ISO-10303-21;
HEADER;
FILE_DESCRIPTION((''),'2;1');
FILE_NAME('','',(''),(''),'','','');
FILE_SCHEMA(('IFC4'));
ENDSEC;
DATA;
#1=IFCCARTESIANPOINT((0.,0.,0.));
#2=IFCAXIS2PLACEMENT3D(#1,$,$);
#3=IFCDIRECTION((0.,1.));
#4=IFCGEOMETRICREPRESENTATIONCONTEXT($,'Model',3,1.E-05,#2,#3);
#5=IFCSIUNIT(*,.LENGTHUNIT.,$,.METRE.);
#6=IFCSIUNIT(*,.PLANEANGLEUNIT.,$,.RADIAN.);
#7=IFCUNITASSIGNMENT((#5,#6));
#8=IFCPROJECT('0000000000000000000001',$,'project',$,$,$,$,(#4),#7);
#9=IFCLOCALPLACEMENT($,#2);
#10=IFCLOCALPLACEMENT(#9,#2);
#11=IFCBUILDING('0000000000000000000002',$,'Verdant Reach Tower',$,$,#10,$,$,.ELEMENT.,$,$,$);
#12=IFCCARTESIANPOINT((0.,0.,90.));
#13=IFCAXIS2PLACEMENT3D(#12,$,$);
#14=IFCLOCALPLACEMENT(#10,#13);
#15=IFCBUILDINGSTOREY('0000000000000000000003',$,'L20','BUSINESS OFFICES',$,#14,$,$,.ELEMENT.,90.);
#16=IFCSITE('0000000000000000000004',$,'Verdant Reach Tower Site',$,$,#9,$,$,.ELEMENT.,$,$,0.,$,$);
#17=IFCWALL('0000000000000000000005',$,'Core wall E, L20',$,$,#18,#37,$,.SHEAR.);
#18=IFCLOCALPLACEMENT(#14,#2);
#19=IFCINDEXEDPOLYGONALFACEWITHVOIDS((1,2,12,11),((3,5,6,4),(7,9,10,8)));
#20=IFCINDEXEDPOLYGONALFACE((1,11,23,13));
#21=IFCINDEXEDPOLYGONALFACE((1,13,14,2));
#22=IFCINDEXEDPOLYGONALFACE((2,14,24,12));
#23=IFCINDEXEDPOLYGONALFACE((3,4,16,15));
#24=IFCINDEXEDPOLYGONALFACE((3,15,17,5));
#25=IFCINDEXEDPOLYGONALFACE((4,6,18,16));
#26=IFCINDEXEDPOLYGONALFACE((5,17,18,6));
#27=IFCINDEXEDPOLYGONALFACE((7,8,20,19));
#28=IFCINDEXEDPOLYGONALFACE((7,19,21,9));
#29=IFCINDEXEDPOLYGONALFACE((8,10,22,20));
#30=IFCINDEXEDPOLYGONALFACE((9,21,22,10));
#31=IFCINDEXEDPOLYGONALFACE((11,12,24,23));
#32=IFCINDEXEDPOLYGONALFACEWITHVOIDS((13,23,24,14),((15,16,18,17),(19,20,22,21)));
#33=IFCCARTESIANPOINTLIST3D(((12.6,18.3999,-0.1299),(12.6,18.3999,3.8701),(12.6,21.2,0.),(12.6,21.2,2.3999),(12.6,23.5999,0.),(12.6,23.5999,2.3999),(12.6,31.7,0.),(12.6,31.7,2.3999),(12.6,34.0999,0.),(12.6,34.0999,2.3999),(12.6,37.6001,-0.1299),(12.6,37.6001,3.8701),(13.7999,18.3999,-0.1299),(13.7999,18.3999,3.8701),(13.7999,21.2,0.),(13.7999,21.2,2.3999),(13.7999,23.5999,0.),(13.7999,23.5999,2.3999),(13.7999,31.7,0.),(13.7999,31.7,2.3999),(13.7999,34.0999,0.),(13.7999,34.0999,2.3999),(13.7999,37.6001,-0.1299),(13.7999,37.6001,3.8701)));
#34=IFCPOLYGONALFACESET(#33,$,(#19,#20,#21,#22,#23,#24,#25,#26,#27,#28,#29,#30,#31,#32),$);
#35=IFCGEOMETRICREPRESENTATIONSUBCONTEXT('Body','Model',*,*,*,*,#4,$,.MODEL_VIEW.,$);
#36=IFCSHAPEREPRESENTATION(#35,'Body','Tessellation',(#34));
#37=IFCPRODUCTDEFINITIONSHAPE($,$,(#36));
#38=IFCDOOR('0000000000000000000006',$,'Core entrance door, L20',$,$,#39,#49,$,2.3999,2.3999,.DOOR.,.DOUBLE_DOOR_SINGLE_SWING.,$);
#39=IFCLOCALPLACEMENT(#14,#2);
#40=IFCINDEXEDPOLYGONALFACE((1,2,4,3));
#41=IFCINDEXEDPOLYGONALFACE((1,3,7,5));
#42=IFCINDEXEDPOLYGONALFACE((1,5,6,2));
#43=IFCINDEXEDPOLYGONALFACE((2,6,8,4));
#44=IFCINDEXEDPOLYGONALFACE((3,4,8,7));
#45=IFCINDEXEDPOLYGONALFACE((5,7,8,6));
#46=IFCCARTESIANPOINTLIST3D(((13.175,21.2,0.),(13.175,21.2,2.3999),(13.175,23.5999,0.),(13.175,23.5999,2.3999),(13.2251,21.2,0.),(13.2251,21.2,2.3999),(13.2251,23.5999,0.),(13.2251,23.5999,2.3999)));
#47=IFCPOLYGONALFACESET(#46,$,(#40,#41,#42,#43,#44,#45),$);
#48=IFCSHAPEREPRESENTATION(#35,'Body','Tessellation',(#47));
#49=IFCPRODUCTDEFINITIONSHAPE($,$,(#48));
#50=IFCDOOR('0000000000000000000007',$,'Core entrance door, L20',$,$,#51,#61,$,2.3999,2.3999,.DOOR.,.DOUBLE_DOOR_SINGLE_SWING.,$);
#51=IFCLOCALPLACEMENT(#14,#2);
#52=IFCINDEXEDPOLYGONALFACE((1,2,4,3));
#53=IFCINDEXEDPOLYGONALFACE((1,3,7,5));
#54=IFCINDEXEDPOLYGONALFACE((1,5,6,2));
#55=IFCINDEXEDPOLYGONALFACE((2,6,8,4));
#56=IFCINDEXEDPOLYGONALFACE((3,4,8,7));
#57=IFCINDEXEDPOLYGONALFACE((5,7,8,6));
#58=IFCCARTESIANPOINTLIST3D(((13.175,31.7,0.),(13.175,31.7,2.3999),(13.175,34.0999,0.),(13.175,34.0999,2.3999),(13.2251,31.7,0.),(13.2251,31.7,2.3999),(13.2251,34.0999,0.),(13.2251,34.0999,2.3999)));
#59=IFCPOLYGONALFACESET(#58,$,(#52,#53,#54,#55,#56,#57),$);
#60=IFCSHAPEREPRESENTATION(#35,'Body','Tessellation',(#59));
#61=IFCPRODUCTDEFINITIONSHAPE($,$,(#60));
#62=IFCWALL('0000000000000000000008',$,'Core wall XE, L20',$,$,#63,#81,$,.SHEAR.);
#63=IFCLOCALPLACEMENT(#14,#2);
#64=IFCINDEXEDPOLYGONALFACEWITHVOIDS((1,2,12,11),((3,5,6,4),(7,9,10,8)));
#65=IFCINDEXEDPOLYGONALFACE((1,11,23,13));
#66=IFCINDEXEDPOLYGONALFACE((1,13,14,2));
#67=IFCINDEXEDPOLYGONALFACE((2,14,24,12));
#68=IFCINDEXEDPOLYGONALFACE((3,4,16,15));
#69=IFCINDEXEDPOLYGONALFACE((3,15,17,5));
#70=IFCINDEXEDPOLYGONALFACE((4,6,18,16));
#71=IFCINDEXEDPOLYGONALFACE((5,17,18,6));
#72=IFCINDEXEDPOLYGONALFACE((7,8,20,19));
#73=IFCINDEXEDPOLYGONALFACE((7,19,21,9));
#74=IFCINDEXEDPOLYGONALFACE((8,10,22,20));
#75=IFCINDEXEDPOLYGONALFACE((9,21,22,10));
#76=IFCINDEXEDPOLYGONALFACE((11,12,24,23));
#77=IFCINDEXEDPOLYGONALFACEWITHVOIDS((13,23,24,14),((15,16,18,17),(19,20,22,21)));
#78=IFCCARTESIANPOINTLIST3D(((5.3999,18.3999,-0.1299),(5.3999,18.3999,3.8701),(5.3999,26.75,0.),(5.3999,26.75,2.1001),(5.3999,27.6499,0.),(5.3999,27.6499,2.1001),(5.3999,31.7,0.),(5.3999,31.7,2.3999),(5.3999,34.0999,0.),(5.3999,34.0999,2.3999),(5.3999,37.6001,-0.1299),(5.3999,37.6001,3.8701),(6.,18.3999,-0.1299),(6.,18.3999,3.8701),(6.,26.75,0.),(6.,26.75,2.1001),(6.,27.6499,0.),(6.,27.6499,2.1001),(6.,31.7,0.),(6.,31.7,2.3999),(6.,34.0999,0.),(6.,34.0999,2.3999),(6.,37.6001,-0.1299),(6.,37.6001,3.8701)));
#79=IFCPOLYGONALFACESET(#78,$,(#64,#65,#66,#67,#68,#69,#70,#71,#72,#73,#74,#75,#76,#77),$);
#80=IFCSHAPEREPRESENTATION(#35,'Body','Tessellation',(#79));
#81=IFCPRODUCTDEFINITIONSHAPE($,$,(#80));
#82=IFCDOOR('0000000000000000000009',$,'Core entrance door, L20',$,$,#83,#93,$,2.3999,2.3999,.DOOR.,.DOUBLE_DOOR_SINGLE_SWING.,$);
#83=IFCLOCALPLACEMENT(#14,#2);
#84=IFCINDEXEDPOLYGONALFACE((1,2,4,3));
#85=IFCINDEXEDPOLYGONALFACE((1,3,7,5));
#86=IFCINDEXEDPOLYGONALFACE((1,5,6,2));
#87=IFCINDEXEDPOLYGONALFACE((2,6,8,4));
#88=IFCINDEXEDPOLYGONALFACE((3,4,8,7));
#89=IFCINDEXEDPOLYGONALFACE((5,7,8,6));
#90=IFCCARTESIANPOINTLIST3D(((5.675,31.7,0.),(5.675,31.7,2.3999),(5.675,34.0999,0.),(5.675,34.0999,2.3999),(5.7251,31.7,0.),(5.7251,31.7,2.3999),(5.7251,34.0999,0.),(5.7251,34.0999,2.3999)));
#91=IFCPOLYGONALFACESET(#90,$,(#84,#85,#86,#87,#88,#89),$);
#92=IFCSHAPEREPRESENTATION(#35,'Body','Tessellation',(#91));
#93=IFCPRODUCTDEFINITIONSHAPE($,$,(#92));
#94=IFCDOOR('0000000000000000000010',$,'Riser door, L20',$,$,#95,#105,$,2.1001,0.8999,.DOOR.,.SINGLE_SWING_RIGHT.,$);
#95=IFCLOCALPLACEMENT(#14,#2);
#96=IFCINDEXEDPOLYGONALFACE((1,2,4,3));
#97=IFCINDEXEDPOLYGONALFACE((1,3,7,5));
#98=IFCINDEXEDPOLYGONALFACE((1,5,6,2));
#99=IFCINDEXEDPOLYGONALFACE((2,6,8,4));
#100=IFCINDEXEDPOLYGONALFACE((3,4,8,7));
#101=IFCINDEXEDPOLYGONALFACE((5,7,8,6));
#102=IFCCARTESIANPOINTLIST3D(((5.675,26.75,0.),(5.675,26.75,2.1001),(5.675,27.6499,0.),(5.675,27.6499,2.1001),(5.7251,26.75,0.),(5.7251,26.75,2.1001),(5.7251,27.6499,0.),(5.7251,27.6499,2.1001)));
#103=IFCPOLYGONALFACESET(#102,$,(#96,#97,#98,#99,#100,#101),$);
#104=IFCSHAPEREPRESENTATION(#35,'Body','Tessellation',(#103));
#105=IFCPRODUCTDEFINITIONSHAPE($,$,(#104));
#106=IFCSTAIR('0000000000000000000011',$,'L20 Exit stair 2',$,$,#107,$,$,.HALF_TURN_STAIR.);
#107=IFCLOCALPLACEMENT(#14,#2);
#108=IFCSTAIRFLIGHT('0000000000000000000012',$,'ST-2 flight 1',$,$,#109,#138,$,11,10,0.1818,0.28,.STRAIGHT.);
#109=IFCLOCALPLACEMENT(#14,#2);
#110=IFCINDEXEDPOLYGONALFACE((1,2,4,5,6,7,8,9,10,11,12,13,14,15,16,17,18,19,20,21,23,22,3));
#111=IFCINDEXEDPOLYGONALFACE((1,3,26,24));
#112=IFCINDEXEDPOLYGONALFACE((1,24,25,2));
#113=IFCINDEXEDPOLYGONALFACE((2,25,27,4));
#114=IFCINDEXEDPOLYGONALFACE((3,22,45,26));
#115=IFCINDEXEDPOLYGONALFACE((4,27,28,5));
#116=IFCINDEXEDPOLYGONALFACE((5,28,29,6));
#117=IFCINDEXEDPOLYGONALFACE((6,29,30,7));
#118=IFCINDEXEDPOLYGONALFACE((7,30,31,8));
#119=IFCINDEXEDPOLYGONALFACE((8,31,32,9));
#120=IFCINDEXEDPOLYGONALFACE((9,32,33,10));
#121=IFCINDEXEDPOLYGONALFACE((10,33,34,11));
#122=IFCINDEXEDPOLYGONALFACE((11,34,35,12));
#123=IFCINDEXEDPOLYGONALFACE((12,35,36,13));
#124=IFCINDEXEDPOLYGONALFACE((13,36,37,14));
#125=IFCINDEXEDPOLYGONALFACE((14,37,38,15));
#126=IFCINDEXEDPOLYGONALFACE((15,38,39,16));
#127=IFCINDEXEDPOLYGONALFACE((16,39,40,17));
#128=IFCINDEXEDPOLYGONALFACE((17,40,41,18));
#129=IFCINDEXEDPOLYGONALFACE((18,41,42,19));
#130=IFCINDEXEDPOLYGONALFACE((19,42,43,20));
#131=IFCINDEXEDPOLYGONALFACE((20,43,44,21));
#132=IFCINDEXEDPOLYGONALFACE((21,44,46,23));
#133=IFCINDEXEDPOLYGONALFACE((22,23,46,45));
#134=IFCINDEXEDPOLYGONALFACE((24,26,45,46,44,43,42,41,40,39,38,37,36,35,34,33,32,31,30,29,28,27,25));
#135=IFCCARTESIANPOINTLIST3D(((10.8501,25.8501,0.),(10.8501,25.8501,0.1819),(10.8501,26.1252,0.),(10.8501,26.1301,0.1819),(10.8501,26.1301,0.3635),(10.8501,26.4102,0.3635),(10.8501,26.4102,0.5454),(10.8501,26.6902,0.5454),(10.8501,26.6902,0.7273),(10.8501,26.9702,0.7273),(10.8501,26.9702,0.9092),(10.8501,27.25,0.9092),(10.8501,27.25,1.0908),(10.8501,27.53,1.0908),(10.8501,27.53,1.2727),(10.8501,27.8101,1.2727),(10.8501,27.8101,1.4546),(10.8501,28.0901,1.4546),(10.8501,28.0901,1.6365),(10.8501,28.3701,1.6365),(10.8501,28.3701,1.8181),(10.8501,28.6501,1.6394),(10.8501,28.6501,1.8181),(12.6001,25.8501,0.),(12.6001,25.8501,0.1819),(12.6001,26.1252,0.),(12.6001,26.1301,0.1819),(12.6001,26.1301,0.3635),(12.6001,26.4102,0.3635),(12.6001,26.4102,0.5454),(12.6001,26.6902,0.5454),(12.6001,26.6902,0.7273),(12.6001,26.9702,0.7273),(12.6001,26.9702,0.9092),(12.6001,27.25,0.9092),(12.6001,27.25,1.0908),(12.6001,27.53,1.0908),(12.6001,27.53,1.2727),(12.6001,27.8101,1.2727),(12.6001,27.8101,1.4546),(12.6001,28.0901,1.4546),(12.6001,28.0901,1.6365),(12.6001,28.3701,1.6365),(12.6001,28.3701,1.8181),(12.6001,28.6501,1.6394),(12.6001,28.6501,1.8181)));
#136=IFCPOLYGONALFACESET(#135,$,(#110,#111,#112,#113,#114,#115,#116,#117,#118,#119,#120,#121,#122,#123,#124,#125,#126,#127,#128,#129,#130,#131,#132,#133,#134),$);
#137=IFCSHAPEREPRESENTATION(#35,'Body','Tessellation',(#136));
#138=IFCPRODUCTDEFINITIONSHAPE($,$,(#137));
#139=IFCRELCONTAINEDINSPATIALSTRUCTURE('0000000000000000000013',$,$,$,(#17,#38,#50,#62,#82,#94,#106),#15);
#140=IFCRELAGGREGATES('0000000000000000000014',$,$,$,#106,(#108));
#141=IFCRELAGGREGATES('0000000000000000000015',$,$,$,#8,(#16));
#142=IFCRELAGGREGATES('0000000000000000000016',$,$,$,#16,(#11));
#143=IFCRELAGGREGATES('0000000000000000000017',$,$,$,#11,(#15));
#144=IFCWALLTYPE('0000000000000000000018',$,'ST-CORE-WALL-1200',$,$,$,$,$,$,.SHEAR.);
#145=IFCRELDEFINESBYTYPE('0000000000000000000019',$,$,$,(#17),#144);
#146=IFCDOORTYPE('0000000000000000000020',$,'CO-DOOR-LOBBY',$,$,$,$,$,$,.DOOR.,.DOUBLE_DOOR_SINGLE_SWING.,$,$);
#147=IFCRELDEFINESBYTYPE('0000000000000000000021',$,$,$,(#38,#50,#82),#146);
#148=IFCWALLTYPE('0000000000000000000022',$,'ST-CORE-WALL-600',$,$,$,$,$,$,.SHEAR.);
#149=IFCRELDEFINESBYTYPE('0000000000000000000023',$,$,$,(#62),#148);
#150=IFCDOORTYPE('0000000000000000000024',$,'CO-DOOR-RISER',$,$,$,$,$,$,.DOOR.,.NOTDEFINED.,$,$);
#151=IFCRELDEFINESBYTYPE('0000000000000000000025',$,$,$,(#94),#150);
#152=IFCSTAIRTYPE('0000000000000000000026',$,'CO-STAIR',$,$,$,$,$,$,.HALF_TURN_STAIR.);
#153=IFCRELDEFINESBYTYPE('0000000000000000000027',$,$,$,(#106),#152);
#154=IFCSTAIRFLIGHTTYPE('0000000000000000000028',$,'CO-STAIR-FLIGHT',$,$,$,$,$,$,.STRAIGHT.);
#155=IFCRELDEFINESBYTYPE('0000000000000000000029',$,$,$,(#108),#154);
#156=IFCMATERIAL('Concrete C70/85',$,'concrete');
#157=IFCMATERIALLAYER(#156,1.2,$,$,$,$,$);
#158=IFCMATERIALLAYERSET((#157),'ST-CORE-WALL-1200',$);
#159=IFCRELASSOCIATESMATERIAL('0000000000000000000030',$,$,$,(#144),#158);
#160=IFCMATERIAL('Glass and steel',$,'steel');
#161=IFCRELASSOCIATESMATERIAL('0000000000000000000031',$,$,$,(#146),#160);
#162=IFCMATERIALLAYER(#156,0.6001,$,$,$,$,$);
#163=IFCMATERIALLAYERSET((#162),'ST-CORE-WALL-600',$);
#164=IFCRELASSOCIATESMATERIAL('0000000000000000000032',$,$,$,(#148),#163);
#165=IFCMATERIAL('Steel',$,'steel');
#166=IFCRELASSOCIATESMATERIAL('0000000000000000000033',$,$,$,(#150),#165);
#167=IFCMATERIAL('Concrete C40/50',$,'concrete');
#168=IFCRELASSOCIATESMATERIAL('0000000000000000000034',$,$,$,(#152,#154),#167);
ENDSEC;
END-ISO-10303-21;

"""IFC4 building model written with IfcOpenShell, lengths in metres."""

from ifc_helpers import new_model, si_unit, direction, frame, frame_2d, origin, place, context, subcontext, project, spatial, polyline, rectangle, outline, extrude, material, layer, layer_set, type_object, element, fill, aggregate, save


model = new_model("IFC4")

# Units and contexts
model_context = context("Model", 3, precision=1e-05, world=origin(), true_north=direction((0.0, 1.0)))
body_context = subcontext(model_context, "Body", "Model", "MODEL_VIEW")
ifc_project = project(units=[si_unit("LENGTHUNIT", "METRE"), si_unit("PLANEANGLEUNIT", "RADIAN")], contexts=[model_context])

# Site, building, storey
site_placement = place(None, origin())
site = spatial("IfcSite", under=ifc_project, at=site_placement, Name="Verdant Reach Tower Site", CompositionType="ELEMENT", RefElevation=0.0)
building_placement = place(site_placement, origin())
building = spatial("IfcBuilding", under=site, at=building_placement, Name="Verdant Reach Tower", CompositionType="ELEMENT")
storey_placement = place(building_placement, frame((0.0, 0.0, 90.0)))
storey = spatial("IfcBuildingStorey", under=building, at=storey_placement, Name="L20", Description="BUSINESS OFFICES", CompositionType="ELEMENT", Elevation=90.0)

# Shared definitions
ifc_material_1 = material(Name="Concrete C40/50", Category="concrete")

# Shared definitions
ifc_material_2 = material(Name="Steel", Category="steel")

# Walls, openings, doors
ifc_material_3 = material(Name="Concrete C70/85", Category="concrete")
ifc_layer_1 = layer(ifc_material_3, 1.2)
ifc_layer_set_1 = layer_set([ifc_layer_1], Name="ST-CORE-WALL-1200")
wall_type_1 = type_object("IfcWallType", Name="ST-CORE-WALL-1200", PredefinedType="SHEAR", material=ifc_layer_set_1)
wall_1_placement = place(storey_placement, frame((13.2, 18.3999, -0.1299), z_axis=(0.0, 0.0, 1.0), x_axis=(0.0, 1.0, 0.0)))
wall_1 = element("IfcWall", 1, at=wall_1_placement, inside=storey, type_object=wall_type_1, Name="Core wall E, L20", PredefinedType="SHEAR", context=body_context, shape_type="SweptSolid", body=[
    extrude(rectangle(XDim=19.2002, YDim=1.2, at=frame_2d((9.6001, 0.0))), origin(), (0.0, 0.0, 1.0), 4.0),
])
opening_1_placement = place(wall_1_placement, frame((2.8, 0.0, 0.1299)))
opening_1 = element("IfcOpeningElement", 2, at=opening_1_placement, cuts=wall_1, PredefinedType="OPENING", context=body_context, shape_type="SweptSolid", body=[
    extrude(rectangle(XDim=2.3999, YDim=2.3999, at=frame_2d((1.2, 1.2))), frame((0.0, 0.6099, 0.0), z_axis=(0.0, -1.0, 0.0), x_axis=(1.0, 0.0, 0.0)), (0.0, 0.0, 1.0), 1.22),
])
opening_2_placement = place(wall_1_placement, frame((13.3, 0.0, 0.1299)))
opening_2 = element("IfcOpeningElement", 3, at=opening_2_placement, cuts=wall_1, PredefinedType="OPENING", context=body_context, shape_type="SweptSolid", body=[
    extrude(rectangle(XDim=2.3999, YDim=2.3999, at=frame_2d((1.2, 1.2))), frame((0.0, 0.6099, 0.0), z_axis=(0.0, -1.0, 0.0), x_axis=(1.0, 0.0, 0.0)), (0.0, 0.0, 1.0), 1.22),
])
ifc_material_4 = material(Name="Glass and steel", Category="steel")
door_type_1 = type_object("IfcDoorType", Name="CO-DOOR-LOBBY", OperationType="DOUBLE_DOOR_SINGLE_SWING", PredefinedType="DOOR", material=ifc_material_4)
door_1_placement = place(opening_1_placement, origin())
door_1 = element("IfcDoor", 4, at=door_1_placement, inside=storey, type_object=door_type_1, Name="Core entrance door, L20", OperationType="DOUBLE_DOOR_SINGLE_SWING", OverallHeight=2.3999, OverallWidth=2.3999, PredefinedType="DOOR", context=body_context, shape_type="SweptSolid", body=[
    extrude(rectangle(XDim=2.3999, YDim=2.3999, at=frame_2d((1.2, 1.2))), frame((0.0, 0.0249, 0.0), z_axis=(0.0, -1.0, 0.0), x_axis=(1.0, 0.0, 0.0)), (0.0, 0.0, 1.0), 0.05),
])
fill(opening_1, door_1)
door_2_placement = place(opening_2_placement, origin())
door_2 = element("IfcDoor", 5, at=door_2_placement, inside=storey, type_object=door_type_1, Name="Core entrance door, L20", OperationType="DOUBLE_DOOR_SINGLE_SWING", OverallHeight=2.3999, OverallWidth=2.3999, PredefinedType="DOOR", context=body_context, shape_type="SweptSolid", body=[
    extrude(rectangle(XDim=2.3999, YDim=2.3999, at=frame_2d((1.2, 1.2))), frame((0.0, 0.0249, 0.0), z_axis=(0.0, -1.0, 0.0), x_axis=(1.0, 0.0, 0.0)), (0.0, 0.0, 1.0), 0.05),
])
fill(opening_2, door_2)
ifc_layer_2 = layer(ifc_material_3, 0.6001)
ifc_layer_set_2 = layer_set([ifc_layer_2], Name="ST-CORE-WALL-600")
wall_type_2 = type_object("IfcWallType", Name="ST-CORE-WALL-600", PredefinedType="SHEAR", material=ifc_layer_set_2)
wall_2_placement = place(storey_placement, frame((5.7, 18.3999, -0.1299), z_axis=(0.0, 0.0, 1.0), x_axis=(0.0, 1.0, 0.0)))
wall_2 = element("IfcWall", 6, at=wall_2_placement, inside=storey, type_object=wall_type_2, Name="Core wall XE, L20", PredefinedType="SHEAR", context=body_context, shape_type="SweptSolid", body=[
    extrude(rectangle(XDim=19.2002, YDim=0.6001, at=frame_2d((9.6001, 0.0))), origin(), (0.0, 0.0, 1.0), 4.0),
])
opening_3_placement = place(wall_2_placement, frame((8.3501, 0.0, 0.1299)))
opening_3 = element("IfcOpeningElement", 7, at=opening_3_placement, cuts=wall_2, PredefinedType="OPENING", context=body_context, shape_type="SweptSolid", body=[
    extrude(rectangle(XDim=0.8999, YDim=2.1001, at=frame_2d((0.45, 1.05))), frame((0.0, 0.3101, 0.0), z_axis=(0.0, -1.0, 0.0), x_axis=(1.0, 0.0, 0.0)), (0.0, 0.0, 1.0), 0.6201),
])
opening_4_placement = place(wall_2_placement, frame((13.3, 0.0, 0.1299)))
opening_4 = element("IfcOpeningElement", 8, at=opening_4_placement, cuts=wall_2, PredefinedType="OPENING", context=body_context, shape_type="SweptSolid", body=[
    extrude(rectangle(XDim=2.3999, YDim=2.3999, at=frame_2d((1.2, 1.2))), frame((0.0, 0.3101, 0.0), z_axis=(0.0, -1.0, 0.0), x_axis=(1.0, 0.0, 0.0)), (0.0, 0.0, 1.0), 0.6201),
])
door_3_placement = place(opening_4_placement, origin())
door_3 = element("IfcDoor", 9, at=door_3_placement, inside=storey, type_object=door_type_1, Name="Core entrance door, L20", OperationType="DOUBLE_DOOR_SINGLE_SWING", OverallHeight=2.3999, OverallWidth=2.3999, PredefinedType="DOOR", context=body_context, shape_type="SweptSolid", body=[
    extrude(rectangle(XDim=2.3999, YDim=2.3999, at=frame_2d((1.2, 1.2))), frame((0.0, 0.0249, 0.0), z_axis=(0.0, -1.0, 0.0), x_axis=(1.0, 0.0, 0.0)), (0.0, 0.0, 1.0), 0.05),
])
fill(opening_4, door_3)
door_type_2 = type_object("IfcDoorType", Name="CO-DOOR-RISER", OperationType="NOTDEFINED", PredefinedType="DOOR", material=ifc_material_2)
door_4_placement = place(opening_3_placement, origin())
door_4 = element("IfcDoor", 10, at=door_4_placement, inside=storey, type_object=door_type_2, Name="Riser door, L20", OperationType="SINGLE_SWING_RIGHT", OverallHeight=2.1001, OverallWidth=0.8999, PredefinedType="DOOR", context=body_context, shape_type="SweptSolid", body=[
    extrude(rectangle(XDim=0.8999, YDim=2.1001, at=frame_2d((0.45, 1.05))), frame((0.0, 0.0249, 0.0), z_axis=(0.0, -1.0, 0.0), x_axis=(1.0, 0.0, 0.0)), (0.0, 0.0, 1.0), 0.05),
])
fill(opening_3, door_4)

# Stair, stair flight
stair_type = type_object("IfcStairType", Name="CO-STAIR", PredefinedType="HALF_TURN_STAIR", material=ifc_material_1)
stair_placement = place(storey_placement, origin())
stair = element("IfcStair", 11, at=stair_placement, inside=storey, type_object=stair_type, Name="L20 Exit stair 2", PredefinedType="HALF_TURN_STAIR")
stair_flight_type = type_object("IfcStairFlightType", Name="CO-STAIR-FLIGHT", PredefinedType="STRAIGHT", material=ifc_material_1)
stair_flight_placement = place(storey_placement, frame((11.7251, 25.8501, 0.0), z_axis=(0.0, 0.0, 1.0), x_axis=(0.0, 1.0, 0.0)))
stair_flight = element("IfcStairFlight", 12, at=stair_flight_placement, type_object=stair_flight_type, Name="ST-2 flight 1", NumberOfRisers=11, NumberOfTreads=10, PredefinedType="STRAIGHT", RiserHeight=0.1818, TreadLength=0.28, context=body_context, shape_type="SweptSolid", body=[
    extrude(outline(polyline([(0.0, 0.0), (0.0, 0.1819), (0.28, 0.1819), (0.28, 0.3635), (0.5601, 0.3635), (0.5601, 0.5454), (0.8401, 0.5454), (0.8401, 0.7273), (1.1201, 0.7273), (1.1201, 0.9092), (1.3999, 0.9092), (1.3999, 1.0908), (1.6799, 1.0908), (1.6799, 1.2727), (1.96, 1.2727), (1.96, 1.4546), (2.24, 1.4546), (2.24, 1.6365), (2.52, 1.6365), (2.52, 1.8181), (2.8, 1.8181), (2.8, 2.0), (2.8, 1.6394), (0.2751, 0.0), (0.0, 0.0)])), frame((0.0, 0.875, 0.0), z_axis=(0.0, -1.0, 0.0), x_axis=(1.0, 0.0, 0.0)), (0.0, 0.0, 1.0), 1.75),
])
aggregate(stair, [stair_flight])

save(model, "model.ifc")
